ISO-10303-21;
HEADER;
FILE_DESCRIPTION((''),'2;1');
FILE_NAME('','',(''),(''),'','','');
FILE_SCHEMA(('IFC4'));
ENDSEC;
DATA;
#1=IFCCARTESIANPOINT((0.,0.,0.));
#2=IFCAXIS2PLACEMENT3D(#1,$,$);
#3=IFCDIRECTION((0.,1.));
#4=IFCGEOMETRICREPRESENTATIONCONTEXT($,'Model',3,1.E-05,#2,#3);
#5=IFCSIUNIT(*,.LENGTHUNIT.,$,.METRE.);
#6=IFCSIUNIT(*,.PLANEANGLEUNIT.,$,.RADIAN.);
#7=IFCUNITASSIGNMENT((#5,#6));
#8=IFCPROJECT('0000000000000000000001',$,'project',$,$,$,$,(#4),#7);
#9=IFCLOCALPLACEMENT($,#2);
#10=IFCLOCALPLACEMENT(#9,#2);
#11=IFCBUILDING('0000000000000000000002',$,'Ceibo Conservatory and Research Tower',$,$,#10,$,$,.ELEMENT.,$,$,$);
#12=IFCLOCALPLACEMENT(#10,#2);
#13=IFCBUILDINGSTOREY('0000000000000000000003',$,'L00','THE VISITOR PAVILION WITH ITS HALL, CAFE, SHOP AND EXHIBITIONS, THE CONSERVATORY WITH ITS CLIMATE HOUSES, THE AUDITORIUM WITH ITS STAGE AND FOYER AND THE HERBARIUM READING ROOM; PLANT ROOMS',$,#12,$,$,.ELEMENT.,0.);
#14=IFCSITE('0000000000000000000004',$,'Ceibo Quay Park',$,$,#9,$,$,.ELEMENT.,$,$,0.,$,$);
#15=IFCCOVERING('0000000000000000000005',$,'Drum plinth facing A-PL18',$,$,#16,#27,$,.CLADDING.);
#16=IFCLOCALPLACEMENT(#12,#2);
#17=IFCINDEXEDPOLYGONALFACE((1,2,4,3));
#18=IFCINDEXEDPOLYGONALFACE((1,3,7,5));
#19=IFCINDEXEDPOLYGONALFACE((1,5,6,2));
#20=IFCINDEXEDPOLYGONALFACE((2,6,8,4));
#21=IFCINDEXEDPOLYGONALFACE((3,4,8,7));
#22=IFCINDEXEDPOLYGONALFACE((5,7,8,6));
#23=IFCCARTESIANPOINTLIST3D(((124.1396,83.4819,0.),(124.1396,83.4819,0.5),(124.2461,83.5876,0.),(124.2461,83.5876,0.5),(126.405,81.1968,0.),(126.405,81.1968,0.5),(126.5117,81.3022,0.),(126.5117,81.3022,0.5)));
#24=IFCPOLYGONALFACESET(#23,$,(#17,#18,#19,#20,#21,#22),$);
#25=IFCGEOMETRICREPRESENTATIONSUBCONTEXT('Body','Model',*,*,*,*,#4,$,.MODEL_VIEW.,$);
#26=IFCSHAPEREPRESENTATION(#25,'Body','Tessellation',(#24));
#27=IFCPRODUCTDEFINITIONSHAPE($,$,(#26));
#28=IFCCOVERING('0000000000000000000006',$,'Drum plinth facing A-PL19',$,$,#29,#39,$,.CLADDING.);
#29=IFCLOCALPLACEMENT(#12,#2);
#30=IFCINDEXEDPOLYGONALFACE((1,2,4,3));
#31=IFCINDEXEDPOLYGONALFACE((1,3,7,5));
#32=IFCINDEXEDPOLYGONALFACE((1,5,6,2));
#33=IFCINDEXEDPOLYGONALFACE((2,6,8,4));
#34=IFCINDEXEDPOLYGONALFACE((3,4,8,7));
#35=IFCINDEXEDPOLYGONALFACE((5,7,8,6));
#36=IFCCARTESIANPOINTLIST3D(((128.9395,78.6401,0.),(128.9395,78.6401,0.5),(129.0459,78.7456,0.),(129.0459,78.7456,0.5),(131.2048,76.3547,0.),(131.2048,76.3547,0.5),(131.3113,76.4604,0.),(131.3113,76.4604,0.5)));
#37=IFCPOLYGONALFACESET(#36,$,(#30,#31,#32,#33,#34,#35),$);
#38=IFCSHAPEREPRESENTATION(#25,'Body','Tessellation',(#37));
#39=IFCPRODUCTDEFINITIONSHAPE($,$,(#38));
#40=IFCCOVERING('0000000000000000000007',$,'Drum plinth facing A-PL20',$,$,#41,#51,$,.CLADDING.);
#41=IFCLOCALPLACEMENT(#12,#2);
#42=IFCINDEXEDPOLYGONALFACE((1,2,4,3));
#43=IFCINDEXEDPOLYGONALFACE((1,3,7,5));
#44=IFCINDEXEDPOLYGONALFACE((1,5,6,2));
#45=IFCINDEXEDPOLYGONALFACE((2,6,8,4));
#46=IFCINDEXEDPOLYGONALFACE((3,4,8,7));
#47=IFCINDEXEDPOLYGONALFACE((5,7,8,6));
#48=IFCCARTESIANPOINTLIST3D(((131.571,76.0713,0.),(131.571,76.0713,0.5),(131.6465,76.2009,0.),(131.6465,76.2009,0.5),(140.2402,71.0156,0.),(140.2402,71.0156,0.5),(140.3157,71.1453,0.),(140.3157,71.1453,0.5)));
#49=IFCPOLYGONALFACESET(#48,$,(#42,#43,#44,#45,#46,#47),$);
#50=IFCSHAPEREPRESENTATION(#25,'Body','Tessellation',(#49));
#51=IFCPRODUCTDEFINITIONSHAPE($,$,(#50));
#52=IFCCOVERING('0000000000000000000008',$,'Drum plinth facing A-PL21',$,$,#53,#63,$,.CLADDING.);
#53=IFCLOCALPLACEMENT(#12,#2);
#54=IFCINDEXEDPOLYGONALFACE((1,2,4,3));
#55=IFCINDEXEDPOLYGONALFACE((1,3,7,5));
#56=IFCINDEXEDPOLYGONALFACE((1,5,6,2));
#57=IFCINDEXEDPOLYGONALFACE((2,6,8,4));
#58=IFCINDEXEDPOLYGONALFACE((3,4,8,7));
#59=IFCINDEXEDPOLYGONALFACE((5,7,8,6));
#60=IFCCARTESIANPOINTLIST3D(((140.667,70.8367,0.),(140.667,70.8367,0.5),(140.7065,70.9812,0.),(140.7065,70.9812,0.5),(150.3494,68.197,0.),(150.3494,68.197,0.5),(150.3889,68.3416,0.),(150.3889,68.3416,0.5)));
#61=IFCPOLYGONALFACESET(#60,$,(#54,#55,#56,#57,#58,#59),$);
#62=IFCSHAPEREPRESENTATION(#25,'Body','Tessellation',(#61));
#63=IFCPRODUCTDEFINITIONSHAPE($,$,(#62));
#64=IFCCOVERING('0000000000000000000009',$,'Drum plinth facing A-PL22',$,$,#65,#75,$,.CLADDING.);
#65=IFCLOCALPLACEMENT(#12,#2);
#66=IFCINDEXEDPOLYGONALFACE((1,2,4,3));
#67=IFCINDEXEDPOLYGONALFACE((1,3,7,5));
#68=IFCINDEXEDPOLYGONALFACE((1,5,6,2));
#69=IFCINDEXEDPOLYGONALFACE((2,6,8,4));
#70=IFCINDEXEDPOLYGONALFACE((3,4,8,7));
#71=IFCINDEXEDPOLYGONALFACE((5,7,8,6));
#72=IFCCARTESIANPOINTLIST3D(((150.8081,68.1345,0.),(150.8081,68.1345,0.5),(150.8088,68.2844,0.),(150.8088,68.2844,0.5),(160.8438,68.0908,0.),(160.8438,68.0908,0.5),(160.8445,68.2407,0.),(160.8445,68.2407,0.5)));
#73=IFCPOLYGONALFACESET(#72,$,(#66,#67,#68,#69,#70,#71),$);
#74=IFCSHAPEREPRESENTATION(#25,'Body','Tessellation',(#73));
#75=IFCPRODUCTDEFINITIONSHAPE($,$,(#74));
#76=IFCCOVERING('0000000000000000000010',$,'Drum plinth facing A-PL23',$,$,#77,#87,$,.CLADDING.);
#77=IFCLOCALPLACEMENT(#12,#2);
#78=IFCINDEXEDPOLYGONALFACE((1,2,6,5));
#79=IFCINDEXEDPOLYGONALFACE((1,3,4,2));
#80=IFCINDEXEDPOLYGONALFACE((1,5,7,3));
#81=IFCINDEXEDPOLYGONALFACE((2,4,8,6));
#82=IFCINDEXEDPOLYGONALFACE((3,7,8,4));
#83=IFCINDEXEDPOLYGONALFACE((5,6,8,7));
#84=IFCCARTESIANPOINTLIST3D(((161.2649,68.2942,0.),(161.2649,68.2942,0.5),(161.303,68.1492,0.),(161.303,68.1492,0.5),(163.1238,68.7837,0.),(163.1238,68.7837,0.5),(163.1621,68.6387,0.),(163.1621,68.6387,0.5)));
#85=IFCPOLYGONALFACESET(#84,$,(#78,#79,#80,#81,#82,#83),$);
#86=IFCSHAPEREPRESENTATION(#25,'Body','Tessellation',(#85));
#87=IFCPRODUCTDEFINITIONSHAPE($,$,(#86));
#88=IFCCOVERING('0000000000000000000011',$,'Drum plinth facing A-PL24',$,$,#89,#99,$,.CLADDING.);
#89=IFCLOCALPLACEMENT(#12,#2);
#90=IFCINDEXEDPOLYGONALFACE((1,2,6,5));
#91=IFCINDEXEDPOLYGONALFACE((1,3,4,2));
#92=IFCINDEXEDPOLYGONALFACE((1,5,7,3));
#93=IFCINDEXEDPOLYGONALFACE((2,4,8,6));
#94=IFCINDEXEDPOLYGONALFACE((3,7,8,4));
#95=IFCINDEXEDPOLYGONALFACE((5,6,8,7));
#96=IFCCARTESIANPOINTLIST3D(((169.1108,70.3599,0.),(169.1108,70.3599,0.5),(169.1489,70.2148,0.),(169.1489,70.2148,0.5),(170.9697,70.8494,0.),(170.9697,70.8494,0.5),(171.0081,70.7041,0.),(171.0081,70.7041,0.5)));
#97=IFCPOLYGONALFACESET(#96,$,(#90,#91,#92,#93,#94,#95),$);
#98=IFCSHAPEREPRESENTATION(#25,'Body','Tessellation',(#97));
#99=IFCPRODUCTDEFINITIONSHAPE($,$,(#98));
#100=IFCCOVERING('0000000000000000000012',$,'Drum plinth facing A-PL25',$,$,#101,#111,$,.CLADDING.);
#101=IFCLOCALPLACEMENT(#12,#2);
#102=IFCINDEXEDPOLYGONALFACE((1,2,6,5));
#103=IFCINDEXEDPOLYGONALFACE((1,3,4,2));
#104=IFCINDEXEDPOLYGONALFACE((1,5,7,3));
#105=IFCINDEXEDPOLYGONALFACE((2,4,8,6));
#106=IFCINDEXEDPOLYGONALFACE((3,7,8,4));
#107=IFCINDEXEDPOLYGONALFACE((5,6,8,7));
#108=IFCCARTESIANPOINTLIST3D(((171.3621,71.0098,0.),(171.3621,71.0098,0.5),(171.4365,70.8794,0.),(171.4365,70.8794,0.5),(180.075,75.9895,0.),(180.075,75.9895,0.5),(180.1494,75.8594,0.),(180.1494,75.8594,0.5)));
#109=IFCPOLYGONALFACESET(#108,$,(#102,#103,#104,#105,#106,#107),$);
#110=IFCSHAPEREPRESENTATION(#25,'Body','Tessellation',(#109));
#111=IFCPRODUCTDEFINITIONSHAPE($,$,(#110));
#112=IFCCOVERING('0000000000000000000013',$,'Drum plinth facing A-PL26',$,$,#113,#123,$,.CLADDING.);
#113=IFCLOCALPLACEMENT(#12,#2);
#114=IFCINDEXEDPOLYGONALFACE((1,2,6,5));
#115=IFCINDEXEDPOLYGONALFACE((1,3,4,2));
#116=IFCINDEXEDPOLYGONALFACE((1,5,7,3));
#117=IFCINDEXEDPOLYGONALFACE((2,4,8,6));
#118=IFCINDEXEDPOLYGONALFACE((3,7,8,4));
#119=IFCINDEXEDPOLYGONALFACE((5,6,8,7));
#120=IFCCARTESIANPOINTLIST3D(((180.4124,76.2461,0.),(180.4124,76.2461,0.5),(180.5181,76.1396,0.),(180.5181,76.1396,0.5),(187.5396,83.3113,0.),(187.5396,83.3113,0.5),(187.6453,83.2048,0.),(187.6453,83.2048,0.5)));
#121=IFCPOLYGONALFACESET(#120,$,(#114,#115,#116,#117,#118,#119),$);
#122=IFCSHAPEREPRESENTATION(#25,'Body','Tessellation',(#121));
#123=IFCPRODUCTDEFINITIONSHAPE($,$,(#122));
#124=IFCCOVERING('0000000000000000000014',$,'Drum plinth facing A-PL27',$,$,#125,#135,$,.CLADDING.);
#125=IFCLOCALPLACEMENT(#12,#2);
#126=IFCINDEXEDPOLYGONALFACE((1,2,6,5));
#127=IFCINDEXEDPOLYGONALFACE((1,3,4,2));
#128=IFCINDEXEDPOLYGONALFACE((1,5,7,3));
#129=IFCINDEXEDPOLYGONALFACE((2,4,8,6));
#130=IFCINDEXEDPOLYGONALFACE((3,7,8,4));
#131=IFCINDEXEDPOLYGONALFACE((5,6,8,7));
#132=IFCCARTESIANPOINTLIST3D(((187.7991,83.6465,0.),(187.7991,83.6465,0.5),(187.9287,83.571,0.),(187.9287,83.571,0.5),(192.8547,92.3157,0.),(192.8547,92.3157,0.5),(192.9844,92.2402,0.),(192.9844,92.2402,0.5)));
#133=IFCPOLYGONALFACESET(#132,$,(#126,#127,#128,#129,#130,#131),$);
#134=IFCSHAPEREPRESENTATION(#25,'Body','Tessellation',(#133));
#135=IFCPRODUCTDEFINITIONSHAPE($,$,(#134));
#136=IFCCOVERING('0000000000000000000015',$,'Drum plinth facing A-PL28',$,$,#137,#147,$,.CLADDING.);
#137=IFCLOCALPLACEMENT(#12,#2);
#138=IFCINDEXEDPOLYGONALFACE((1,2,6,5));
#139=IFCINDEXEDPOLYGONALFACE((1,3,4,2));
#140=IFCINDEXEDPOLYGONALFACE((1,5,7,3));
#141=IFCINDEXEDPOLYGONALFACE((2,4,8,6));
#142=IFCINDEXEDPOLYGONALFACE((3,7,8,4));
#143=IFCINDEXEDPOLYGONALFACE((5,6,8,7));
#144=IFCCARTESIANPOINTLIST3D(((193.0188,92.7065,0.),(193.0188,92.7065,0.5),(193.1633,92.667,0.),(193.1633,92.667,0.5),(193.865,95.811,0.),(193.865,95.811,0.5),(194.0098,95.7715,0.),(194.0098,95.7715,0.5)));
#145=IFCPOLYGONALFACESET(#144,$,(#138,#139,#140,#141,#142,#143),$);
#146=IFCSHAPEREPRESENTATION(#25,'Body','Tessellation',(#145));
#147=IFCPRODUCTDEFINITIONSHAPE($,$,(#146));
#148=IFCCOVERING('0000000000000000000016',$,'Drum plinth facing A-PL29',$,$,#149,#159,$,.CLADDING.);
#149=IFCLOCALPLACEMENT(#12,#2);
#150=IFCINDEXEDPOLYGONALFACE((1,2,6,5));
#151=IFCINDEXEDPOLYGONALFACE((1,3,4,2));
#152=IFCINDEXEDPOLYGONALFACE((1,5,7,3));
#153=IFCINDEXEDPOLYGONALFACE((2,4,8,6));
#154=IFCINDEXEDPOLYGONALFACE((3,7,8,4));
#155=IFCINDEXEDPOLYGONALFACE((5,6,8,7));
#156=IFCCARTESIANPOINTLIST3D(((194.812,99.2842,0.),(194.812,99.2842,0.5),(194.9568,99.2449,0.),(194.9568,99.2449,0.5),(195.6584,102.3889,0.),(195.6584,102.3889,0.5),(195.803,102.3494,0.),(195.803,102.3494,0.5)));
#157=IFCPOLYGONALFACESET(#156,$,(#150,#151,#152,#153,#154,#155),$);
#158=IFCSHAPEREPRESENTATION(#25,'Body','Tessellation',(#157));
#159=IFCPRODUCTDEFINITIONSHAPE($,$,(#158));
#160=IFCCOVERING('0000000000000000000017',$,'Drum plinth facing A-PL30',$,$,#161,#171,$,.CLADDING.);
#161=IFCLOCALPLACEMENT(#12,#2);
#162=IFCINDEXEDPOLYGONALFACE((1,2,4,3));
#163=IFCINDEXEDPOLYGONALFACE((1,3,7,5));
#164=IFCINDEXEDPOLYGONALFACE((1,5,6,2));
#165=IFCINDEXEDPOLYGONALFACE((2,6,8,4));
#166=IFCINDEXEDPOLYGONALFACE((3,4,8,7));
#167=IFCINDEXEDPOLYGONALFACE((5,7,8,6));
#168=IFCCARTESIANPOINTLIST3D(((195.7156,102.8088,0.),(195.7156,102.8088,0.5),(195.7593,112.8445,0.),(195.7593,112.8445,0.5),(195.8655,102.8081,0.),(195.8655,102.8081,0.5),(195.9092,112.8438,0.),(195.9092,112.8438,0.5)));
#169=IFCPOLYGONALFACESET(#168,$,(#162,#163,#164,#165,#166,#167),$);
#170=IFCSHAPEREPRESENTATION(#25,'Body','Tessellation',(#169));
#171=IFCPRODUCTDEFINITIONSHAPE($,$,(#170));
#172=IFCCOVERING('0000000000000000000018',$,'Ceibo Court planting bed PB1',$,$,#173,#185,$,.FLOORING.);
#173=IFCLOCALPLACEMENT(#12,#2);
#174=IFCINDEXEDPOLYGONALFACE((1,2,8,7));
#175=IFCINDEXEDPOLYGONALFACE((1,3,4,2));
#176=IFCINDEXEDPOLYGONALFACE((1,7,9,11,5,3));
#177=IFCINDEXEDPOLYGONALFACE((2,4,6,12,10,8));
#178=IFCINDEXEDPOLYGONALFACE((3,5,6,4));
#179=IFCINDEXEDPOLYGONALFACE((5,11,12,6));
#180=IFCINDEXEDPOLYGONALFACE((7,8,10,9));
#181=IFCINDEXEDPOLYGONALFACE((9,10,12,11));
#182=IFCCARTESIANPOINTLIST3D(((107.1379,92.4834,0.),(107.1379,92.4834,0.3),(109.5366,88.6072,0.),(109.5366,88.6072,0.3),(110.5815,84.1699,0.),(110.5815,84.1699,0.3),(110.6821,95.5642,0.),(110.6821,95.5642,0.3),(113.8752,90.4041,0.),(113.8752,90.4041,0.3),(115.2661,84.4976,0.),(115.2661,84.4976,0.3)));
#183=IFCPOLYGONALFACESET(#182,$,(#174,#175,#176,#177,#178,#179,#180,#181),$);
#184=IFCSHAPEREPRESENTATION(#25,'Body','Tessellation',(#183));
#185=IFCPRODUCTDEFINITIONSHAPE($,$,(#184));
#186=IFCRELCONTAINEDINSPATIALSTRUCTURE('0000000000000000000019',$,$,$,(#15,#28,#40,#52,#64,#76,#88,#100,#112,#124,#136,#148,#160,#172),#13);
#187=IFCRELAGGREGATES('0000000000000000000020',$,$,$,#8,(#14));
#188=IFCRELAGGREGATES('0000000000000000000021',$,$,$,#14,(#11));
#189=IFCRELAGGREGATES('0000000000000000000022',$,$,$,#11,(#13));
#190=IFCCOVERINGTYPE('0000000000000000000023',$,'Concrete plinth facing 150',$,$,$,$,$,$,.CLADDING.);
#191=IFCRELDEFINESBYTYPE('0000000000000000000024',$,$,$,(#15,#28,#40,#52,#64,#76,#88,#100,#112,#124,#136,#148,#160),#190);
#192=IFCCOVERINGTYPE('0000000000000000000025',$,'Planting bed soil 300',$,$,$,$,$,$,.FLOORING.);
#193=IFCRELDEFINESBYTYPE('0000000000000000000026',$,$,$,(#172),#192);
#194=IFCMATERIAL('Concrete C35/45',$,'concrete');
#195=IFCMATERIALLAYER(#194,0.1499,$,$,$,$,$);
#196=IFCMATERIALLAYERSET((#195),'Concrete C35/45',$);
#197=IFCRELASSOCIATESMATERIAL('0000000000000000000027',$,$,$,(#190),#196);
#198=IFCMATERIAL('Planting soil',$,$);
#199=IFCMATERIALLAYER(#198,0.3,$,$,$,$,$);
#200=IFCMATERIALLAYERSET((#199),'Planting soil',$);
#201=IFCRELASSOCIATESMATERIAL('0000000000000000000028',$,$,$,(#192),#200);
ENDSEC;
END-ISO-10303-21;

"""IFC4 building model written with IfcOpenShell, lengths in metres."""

from ifc_helpers import new_model, si_unit, direction, origin, place, context, subcontext, project, spatial, polyline, outline, extrude, material, layer, layer_set, type_object, element, save


model = new_model("IFC4")

# Units and contexts
model_context = context("Model", 3, precision=1e-05, world=origin(), true_north=direction((0.0, 1.0)))
body_context = subcontext(model_context, "Body", "Model", "MODEL_VIEW")
ifc_project = project(units=[si_unit("LENGTHUNIT", "METRE"), si_unit("PLANEANGLEUNIT", "RADIAN")], contexts=[model_context])

# Site, building, storey
site_placement = place(None, origin())
site = spatial("IfcSite", under=ifc_project, at=site_placement, Name="Ceibo Quay Park", CompositionType="ELEMENT", RefElevation=0.0)
building_placement = place(site_placement, origin())
building = spatial("IfcBuilding", under=site, at=building_placement, Name="Ceibo Conservatory and Research Tower", CompositionType="ELEMENT")
storey_placement = place(building_placement, origin())
storey = spatial("IfcBuildingStorey", under=building, at=storey_placement, Name="L00", Description="THE VISITOR PAVILION WITH ITS HALL, CAFE, SHOP AND EXHIBITIONS, THE CONSERVATORY WITH ITS CLIMATE HOUSES, THE AUDITORIUM WITH ITS STAGE AND FOYER AND THE HERBARIUM READING ROOM; PLANT ROOMS", CompositionType="ELEMENT", Elevation=0.0)

# Coverings
ifc_material_1 = material(Name="Concrete C35/45", Category="concrete")
ifc_layer_1 = layer(ifc_material_1, 0.1499)
ifc_layer_set_1 = layer_set([ifc_layer_1], Name="Concrete C35/45")
covering_type_1 = type_object("IfcCoveringType", Name="Concrete plinth facing 150", PredefinedType="CLADDING", material=ifc_layer_set_1)
covering_1_placement = place(storey_placement, origin())
element("IfcCovering", 1, at=covering_1_placement, inside=storey, type_object=covering_type_1, Name="Drum plinth facing A-PL18", PredefinedType="CLADDING", context=body_context, shape_type="SweptSolid", body=[
    extrude(outline(polyline([(124.2461, 83.5876), (126.5117, 81.3022), (126.405, 81.1968), (124.1396, 83.4819), (124.2461, 83.5876)])), origin(), (0.0, 0.0, 1.0), 0.5),
])
covering_2_placement = place(storey_placement, origin())
element("IfcCovering", 2, at=covering_2_placement, inside=storey, type_object=covering_type_1, Name="Drum plinth facing A-PL19", PredefinedType="CLADDING", context=body_context, shape_type="SweptSolid", body=[
    extrude(outline(polyline([(129.0459, 78.7456), (131.3113, 76.4604), (131.2048, 76.3547), (128.9395, 78.6401), (129.0459, 78.7456)])), origin(), (0.0, 0.0, 1.0), 0.5),
])
covering_3_placement = place(storey_placement, origin())
element("IfcCovering", 3, at=covering_3_placement, inside=storey, type_object=covering_type_1, Name="Drum plinth facing A-PL20", PredefinedType="CLADDING", context=body_context, shape_type="SweptSolid", body=[
    extrude(outline(polyline([(131.6465, 76.2009), (140.3157, 71.1453), (140.2402, 71.0156), (131.571, 76.0713), (131.6465, 76.2009)])), origin(), (0.0, 0.0, 1.0), 0.5),
])
covering_4_placement = place(storey_placement, origin())
element("IfcCovering", 4, at=covering_4_placement, inside=storey, type_object=covering_type_1, Name="Drum plinth facing A-PL21", PredefinedType="CLADDING", context=body_context, shape_type="SweptSolid", body=[
    extrude(outline(polyline([(140.7065, 70.9812), (150.3889, 68.3416), (150.3494, 68.197), (140.667, 70.8367), (140.7065, 70.9812)])), origin(), (0.0, 0.0, 1.0), 0.5),
])
covering_5_placement = place(storey_placement, origin())
element("IfcCovering", 5, at=covering_5_placement, inside=storey, type_object=covering_type_1, Name="Drum plinth facing A-PL22", PredefinedType="CLADDING", context=body_context, shape_type="SweptSolid", body=[
    extrude(outline(polyline([(150.8088, 68.2844), (160.8445, 68.2407), (160.8438, 68.0908), (150.8081, 68.1345), (150.8088, 68.2844)])), origin(), (0.0, 0.0, 1.0), 0.5),
])
covering_6_placement = place(storey_placement, origin())
element("IfcCovering", 6, at=covering_6_placement, inside=storey, type_object=covering_type_1, Name="Drum plinth facing A-PL23", PredefinedType="CLADDING", context=body_context, shape_type="SweptSolid", body=[
    extrude(outline(polyline([(161.2649, 68.2942), (163.1238, 68.7837), (163.1621, 68.6387), (161.303, 68.1492), (161.2649, 68.2942)])), origin(), (0.0, 0.0, 1.0), 0.5),
])
covering_7_placement = place(storey_placement, origin())
element("IfcCovering", 7, at=covering_7_placement, inside=storey, type_object=covering_type_1, Name="Drum plinth facing A-PL24", PredefinedType="CLADDING", context=body_context, shape_type="SweptSolid", body=[
    extrude(outline(polyline([(169.1108, 70.3599), (170.9697, 70.8494), (171.0081, 70.7041), (169.1489, 70.2148), (169.1108, 70.3599)])), origin(), (0.0, 0.0, 1.0), 0.5),
])
covering_8_placement = place(storey_placement, origin())
element("IfcCovering", 8, at=covering_8_placement, inside=storey, type_object=covering_type_1, Name="Drum plinth facing A-PL25", PredefinedType="CLADDING", context=body_context, shape_type="SweptSolid", body=[
    extrude(outline(polyline([(171.3621, 71.0098), (180.075, 75.9895), (180.1494, 75.8594), (171.4365, 70.8794), (171.3621, 71.0098)])), origin(), (0.0, 0.0, 1.0), 0.5),
])
covering_9_placement = place(storey_placement, origin())
element("IfcCovering", 9, at=covering_9_placement, inside=storey, type_object=covering_type_1, Name="Drum plinth facing A-PL26", PredefinedType="CLADDING", context=body_context, shape_type="SweptSolid", body=[
    extrude(outline(polyline([(180.4124, 76.2461), (187.5396, 83.3113), (187.6453, 83.2048), (180.5181, 76.1396), (180.4124, 76.2461)])), origin(), (0.0, 0.0, 1.0), 0.5),
])
covering_10_placement = place(storey_placement, origin())
element("IfcCovering", 10, at=covering_10_placement, inside=storey, type_object=covering_type_1, Name="Drum plinth facing A-PL27", PredefinedType="CLADDING", context=body_context, shape_type="SweptSolid", body=[
    extrude(outline(polyline([(187.7991, 83.6465), (192.8547, 92.3157), (192.9844, 92.2402), (187.9287, 83.571), (187.7991, 83.6465)])), origin(), (0.0, 0.0, 1.0), 0.5),
])
covering_11_placement = place(storey_placement, origin())
element("IfcCovering", 11, at=covering_11_placement, inside=storey, type_object=covering_type_1, Name="Drum plinth facing A-PL28", PredefinedType="CLADDING", context=body_context, shape_type="SweptSolid", body=[
    extrude(outline(polyline([(193.0188, 92.7065), (193.865, 95.811), (194.0098, 95.7715), (193.1633, 92.667), (193.0188, 92.7065)])), origin(), (0.0, 0.0, 1.0), 0.5),
])
covering_12_placement = place(storey_placement, origin())
element("IfcCovering", 12, at=covering_12_placement, inside=storey, type_object=covering_type_1, Name="Drum plinth facing A-PL29", PredefinedType="CLADDING", context=body_context, shape_type="SweptSolid", body=[
    extrude(outline(polyline([(194.812, 99.2842), (195.6584, 102.3889), (195.803, 102.3494), (194.9568, 99.2449), (194.812, 99.2842)])), origin(), (0.0, 0.0, 1.0), 0.5),
])
covering_13_placement = place(storey_placement, origin())
element("IfcCovering", 13, at=covering_13_placement, inside=storey, type_object=covering_type_1, Name="Drum plinth facing A-PL30", PredefinedType="CLADDING", context=body_context, shape_type="SweptSolid", body=[
    extrude(outline(polyline([(195.7156, 102.8088), (195.7593, 112.8445), (195.9092, 112.8438), (195.8655, 102.8081), (195.7156, 102.8088)])), origin(), (0.0, 0.0, 1.0), 0.5),
])
ifc_material_2 = material(Name="Planting soil")
ifc_layer_2 = layer(ifc_material_2, 0.3)
ifc_layer_set_2 = layer_set([ifc_layer_2], Name="Planting soil")
covering_type_2 = type_object("IfcCoveringType", Name="Planting bed soil 300", PredefinedType="FLOORING", material=ifc_layer_set_2)
covering_14_placement = place(storey_placement, origin())
element("IfcCovering", 14, at=covering_14_placement, inside=storey, type_object=covering_type_2, Name="Ceibo Court planting bed PB1", PredefinedType="FLOORING", context=body_context, shape_type="SweptSolid", body=[
    extrude(outline(polyline([(110.5815, 84.1699), (115.2661, 84.4976), (113.8752, 90.4041), (110.6821, 95.5642), (107.1379, 92.4834), (109.5366, 88.6072), (110.5815, 84.1699)])), origin(), (0.0, 0.0, 1.0), 0.3),
])

save(model, "model.ifc")
